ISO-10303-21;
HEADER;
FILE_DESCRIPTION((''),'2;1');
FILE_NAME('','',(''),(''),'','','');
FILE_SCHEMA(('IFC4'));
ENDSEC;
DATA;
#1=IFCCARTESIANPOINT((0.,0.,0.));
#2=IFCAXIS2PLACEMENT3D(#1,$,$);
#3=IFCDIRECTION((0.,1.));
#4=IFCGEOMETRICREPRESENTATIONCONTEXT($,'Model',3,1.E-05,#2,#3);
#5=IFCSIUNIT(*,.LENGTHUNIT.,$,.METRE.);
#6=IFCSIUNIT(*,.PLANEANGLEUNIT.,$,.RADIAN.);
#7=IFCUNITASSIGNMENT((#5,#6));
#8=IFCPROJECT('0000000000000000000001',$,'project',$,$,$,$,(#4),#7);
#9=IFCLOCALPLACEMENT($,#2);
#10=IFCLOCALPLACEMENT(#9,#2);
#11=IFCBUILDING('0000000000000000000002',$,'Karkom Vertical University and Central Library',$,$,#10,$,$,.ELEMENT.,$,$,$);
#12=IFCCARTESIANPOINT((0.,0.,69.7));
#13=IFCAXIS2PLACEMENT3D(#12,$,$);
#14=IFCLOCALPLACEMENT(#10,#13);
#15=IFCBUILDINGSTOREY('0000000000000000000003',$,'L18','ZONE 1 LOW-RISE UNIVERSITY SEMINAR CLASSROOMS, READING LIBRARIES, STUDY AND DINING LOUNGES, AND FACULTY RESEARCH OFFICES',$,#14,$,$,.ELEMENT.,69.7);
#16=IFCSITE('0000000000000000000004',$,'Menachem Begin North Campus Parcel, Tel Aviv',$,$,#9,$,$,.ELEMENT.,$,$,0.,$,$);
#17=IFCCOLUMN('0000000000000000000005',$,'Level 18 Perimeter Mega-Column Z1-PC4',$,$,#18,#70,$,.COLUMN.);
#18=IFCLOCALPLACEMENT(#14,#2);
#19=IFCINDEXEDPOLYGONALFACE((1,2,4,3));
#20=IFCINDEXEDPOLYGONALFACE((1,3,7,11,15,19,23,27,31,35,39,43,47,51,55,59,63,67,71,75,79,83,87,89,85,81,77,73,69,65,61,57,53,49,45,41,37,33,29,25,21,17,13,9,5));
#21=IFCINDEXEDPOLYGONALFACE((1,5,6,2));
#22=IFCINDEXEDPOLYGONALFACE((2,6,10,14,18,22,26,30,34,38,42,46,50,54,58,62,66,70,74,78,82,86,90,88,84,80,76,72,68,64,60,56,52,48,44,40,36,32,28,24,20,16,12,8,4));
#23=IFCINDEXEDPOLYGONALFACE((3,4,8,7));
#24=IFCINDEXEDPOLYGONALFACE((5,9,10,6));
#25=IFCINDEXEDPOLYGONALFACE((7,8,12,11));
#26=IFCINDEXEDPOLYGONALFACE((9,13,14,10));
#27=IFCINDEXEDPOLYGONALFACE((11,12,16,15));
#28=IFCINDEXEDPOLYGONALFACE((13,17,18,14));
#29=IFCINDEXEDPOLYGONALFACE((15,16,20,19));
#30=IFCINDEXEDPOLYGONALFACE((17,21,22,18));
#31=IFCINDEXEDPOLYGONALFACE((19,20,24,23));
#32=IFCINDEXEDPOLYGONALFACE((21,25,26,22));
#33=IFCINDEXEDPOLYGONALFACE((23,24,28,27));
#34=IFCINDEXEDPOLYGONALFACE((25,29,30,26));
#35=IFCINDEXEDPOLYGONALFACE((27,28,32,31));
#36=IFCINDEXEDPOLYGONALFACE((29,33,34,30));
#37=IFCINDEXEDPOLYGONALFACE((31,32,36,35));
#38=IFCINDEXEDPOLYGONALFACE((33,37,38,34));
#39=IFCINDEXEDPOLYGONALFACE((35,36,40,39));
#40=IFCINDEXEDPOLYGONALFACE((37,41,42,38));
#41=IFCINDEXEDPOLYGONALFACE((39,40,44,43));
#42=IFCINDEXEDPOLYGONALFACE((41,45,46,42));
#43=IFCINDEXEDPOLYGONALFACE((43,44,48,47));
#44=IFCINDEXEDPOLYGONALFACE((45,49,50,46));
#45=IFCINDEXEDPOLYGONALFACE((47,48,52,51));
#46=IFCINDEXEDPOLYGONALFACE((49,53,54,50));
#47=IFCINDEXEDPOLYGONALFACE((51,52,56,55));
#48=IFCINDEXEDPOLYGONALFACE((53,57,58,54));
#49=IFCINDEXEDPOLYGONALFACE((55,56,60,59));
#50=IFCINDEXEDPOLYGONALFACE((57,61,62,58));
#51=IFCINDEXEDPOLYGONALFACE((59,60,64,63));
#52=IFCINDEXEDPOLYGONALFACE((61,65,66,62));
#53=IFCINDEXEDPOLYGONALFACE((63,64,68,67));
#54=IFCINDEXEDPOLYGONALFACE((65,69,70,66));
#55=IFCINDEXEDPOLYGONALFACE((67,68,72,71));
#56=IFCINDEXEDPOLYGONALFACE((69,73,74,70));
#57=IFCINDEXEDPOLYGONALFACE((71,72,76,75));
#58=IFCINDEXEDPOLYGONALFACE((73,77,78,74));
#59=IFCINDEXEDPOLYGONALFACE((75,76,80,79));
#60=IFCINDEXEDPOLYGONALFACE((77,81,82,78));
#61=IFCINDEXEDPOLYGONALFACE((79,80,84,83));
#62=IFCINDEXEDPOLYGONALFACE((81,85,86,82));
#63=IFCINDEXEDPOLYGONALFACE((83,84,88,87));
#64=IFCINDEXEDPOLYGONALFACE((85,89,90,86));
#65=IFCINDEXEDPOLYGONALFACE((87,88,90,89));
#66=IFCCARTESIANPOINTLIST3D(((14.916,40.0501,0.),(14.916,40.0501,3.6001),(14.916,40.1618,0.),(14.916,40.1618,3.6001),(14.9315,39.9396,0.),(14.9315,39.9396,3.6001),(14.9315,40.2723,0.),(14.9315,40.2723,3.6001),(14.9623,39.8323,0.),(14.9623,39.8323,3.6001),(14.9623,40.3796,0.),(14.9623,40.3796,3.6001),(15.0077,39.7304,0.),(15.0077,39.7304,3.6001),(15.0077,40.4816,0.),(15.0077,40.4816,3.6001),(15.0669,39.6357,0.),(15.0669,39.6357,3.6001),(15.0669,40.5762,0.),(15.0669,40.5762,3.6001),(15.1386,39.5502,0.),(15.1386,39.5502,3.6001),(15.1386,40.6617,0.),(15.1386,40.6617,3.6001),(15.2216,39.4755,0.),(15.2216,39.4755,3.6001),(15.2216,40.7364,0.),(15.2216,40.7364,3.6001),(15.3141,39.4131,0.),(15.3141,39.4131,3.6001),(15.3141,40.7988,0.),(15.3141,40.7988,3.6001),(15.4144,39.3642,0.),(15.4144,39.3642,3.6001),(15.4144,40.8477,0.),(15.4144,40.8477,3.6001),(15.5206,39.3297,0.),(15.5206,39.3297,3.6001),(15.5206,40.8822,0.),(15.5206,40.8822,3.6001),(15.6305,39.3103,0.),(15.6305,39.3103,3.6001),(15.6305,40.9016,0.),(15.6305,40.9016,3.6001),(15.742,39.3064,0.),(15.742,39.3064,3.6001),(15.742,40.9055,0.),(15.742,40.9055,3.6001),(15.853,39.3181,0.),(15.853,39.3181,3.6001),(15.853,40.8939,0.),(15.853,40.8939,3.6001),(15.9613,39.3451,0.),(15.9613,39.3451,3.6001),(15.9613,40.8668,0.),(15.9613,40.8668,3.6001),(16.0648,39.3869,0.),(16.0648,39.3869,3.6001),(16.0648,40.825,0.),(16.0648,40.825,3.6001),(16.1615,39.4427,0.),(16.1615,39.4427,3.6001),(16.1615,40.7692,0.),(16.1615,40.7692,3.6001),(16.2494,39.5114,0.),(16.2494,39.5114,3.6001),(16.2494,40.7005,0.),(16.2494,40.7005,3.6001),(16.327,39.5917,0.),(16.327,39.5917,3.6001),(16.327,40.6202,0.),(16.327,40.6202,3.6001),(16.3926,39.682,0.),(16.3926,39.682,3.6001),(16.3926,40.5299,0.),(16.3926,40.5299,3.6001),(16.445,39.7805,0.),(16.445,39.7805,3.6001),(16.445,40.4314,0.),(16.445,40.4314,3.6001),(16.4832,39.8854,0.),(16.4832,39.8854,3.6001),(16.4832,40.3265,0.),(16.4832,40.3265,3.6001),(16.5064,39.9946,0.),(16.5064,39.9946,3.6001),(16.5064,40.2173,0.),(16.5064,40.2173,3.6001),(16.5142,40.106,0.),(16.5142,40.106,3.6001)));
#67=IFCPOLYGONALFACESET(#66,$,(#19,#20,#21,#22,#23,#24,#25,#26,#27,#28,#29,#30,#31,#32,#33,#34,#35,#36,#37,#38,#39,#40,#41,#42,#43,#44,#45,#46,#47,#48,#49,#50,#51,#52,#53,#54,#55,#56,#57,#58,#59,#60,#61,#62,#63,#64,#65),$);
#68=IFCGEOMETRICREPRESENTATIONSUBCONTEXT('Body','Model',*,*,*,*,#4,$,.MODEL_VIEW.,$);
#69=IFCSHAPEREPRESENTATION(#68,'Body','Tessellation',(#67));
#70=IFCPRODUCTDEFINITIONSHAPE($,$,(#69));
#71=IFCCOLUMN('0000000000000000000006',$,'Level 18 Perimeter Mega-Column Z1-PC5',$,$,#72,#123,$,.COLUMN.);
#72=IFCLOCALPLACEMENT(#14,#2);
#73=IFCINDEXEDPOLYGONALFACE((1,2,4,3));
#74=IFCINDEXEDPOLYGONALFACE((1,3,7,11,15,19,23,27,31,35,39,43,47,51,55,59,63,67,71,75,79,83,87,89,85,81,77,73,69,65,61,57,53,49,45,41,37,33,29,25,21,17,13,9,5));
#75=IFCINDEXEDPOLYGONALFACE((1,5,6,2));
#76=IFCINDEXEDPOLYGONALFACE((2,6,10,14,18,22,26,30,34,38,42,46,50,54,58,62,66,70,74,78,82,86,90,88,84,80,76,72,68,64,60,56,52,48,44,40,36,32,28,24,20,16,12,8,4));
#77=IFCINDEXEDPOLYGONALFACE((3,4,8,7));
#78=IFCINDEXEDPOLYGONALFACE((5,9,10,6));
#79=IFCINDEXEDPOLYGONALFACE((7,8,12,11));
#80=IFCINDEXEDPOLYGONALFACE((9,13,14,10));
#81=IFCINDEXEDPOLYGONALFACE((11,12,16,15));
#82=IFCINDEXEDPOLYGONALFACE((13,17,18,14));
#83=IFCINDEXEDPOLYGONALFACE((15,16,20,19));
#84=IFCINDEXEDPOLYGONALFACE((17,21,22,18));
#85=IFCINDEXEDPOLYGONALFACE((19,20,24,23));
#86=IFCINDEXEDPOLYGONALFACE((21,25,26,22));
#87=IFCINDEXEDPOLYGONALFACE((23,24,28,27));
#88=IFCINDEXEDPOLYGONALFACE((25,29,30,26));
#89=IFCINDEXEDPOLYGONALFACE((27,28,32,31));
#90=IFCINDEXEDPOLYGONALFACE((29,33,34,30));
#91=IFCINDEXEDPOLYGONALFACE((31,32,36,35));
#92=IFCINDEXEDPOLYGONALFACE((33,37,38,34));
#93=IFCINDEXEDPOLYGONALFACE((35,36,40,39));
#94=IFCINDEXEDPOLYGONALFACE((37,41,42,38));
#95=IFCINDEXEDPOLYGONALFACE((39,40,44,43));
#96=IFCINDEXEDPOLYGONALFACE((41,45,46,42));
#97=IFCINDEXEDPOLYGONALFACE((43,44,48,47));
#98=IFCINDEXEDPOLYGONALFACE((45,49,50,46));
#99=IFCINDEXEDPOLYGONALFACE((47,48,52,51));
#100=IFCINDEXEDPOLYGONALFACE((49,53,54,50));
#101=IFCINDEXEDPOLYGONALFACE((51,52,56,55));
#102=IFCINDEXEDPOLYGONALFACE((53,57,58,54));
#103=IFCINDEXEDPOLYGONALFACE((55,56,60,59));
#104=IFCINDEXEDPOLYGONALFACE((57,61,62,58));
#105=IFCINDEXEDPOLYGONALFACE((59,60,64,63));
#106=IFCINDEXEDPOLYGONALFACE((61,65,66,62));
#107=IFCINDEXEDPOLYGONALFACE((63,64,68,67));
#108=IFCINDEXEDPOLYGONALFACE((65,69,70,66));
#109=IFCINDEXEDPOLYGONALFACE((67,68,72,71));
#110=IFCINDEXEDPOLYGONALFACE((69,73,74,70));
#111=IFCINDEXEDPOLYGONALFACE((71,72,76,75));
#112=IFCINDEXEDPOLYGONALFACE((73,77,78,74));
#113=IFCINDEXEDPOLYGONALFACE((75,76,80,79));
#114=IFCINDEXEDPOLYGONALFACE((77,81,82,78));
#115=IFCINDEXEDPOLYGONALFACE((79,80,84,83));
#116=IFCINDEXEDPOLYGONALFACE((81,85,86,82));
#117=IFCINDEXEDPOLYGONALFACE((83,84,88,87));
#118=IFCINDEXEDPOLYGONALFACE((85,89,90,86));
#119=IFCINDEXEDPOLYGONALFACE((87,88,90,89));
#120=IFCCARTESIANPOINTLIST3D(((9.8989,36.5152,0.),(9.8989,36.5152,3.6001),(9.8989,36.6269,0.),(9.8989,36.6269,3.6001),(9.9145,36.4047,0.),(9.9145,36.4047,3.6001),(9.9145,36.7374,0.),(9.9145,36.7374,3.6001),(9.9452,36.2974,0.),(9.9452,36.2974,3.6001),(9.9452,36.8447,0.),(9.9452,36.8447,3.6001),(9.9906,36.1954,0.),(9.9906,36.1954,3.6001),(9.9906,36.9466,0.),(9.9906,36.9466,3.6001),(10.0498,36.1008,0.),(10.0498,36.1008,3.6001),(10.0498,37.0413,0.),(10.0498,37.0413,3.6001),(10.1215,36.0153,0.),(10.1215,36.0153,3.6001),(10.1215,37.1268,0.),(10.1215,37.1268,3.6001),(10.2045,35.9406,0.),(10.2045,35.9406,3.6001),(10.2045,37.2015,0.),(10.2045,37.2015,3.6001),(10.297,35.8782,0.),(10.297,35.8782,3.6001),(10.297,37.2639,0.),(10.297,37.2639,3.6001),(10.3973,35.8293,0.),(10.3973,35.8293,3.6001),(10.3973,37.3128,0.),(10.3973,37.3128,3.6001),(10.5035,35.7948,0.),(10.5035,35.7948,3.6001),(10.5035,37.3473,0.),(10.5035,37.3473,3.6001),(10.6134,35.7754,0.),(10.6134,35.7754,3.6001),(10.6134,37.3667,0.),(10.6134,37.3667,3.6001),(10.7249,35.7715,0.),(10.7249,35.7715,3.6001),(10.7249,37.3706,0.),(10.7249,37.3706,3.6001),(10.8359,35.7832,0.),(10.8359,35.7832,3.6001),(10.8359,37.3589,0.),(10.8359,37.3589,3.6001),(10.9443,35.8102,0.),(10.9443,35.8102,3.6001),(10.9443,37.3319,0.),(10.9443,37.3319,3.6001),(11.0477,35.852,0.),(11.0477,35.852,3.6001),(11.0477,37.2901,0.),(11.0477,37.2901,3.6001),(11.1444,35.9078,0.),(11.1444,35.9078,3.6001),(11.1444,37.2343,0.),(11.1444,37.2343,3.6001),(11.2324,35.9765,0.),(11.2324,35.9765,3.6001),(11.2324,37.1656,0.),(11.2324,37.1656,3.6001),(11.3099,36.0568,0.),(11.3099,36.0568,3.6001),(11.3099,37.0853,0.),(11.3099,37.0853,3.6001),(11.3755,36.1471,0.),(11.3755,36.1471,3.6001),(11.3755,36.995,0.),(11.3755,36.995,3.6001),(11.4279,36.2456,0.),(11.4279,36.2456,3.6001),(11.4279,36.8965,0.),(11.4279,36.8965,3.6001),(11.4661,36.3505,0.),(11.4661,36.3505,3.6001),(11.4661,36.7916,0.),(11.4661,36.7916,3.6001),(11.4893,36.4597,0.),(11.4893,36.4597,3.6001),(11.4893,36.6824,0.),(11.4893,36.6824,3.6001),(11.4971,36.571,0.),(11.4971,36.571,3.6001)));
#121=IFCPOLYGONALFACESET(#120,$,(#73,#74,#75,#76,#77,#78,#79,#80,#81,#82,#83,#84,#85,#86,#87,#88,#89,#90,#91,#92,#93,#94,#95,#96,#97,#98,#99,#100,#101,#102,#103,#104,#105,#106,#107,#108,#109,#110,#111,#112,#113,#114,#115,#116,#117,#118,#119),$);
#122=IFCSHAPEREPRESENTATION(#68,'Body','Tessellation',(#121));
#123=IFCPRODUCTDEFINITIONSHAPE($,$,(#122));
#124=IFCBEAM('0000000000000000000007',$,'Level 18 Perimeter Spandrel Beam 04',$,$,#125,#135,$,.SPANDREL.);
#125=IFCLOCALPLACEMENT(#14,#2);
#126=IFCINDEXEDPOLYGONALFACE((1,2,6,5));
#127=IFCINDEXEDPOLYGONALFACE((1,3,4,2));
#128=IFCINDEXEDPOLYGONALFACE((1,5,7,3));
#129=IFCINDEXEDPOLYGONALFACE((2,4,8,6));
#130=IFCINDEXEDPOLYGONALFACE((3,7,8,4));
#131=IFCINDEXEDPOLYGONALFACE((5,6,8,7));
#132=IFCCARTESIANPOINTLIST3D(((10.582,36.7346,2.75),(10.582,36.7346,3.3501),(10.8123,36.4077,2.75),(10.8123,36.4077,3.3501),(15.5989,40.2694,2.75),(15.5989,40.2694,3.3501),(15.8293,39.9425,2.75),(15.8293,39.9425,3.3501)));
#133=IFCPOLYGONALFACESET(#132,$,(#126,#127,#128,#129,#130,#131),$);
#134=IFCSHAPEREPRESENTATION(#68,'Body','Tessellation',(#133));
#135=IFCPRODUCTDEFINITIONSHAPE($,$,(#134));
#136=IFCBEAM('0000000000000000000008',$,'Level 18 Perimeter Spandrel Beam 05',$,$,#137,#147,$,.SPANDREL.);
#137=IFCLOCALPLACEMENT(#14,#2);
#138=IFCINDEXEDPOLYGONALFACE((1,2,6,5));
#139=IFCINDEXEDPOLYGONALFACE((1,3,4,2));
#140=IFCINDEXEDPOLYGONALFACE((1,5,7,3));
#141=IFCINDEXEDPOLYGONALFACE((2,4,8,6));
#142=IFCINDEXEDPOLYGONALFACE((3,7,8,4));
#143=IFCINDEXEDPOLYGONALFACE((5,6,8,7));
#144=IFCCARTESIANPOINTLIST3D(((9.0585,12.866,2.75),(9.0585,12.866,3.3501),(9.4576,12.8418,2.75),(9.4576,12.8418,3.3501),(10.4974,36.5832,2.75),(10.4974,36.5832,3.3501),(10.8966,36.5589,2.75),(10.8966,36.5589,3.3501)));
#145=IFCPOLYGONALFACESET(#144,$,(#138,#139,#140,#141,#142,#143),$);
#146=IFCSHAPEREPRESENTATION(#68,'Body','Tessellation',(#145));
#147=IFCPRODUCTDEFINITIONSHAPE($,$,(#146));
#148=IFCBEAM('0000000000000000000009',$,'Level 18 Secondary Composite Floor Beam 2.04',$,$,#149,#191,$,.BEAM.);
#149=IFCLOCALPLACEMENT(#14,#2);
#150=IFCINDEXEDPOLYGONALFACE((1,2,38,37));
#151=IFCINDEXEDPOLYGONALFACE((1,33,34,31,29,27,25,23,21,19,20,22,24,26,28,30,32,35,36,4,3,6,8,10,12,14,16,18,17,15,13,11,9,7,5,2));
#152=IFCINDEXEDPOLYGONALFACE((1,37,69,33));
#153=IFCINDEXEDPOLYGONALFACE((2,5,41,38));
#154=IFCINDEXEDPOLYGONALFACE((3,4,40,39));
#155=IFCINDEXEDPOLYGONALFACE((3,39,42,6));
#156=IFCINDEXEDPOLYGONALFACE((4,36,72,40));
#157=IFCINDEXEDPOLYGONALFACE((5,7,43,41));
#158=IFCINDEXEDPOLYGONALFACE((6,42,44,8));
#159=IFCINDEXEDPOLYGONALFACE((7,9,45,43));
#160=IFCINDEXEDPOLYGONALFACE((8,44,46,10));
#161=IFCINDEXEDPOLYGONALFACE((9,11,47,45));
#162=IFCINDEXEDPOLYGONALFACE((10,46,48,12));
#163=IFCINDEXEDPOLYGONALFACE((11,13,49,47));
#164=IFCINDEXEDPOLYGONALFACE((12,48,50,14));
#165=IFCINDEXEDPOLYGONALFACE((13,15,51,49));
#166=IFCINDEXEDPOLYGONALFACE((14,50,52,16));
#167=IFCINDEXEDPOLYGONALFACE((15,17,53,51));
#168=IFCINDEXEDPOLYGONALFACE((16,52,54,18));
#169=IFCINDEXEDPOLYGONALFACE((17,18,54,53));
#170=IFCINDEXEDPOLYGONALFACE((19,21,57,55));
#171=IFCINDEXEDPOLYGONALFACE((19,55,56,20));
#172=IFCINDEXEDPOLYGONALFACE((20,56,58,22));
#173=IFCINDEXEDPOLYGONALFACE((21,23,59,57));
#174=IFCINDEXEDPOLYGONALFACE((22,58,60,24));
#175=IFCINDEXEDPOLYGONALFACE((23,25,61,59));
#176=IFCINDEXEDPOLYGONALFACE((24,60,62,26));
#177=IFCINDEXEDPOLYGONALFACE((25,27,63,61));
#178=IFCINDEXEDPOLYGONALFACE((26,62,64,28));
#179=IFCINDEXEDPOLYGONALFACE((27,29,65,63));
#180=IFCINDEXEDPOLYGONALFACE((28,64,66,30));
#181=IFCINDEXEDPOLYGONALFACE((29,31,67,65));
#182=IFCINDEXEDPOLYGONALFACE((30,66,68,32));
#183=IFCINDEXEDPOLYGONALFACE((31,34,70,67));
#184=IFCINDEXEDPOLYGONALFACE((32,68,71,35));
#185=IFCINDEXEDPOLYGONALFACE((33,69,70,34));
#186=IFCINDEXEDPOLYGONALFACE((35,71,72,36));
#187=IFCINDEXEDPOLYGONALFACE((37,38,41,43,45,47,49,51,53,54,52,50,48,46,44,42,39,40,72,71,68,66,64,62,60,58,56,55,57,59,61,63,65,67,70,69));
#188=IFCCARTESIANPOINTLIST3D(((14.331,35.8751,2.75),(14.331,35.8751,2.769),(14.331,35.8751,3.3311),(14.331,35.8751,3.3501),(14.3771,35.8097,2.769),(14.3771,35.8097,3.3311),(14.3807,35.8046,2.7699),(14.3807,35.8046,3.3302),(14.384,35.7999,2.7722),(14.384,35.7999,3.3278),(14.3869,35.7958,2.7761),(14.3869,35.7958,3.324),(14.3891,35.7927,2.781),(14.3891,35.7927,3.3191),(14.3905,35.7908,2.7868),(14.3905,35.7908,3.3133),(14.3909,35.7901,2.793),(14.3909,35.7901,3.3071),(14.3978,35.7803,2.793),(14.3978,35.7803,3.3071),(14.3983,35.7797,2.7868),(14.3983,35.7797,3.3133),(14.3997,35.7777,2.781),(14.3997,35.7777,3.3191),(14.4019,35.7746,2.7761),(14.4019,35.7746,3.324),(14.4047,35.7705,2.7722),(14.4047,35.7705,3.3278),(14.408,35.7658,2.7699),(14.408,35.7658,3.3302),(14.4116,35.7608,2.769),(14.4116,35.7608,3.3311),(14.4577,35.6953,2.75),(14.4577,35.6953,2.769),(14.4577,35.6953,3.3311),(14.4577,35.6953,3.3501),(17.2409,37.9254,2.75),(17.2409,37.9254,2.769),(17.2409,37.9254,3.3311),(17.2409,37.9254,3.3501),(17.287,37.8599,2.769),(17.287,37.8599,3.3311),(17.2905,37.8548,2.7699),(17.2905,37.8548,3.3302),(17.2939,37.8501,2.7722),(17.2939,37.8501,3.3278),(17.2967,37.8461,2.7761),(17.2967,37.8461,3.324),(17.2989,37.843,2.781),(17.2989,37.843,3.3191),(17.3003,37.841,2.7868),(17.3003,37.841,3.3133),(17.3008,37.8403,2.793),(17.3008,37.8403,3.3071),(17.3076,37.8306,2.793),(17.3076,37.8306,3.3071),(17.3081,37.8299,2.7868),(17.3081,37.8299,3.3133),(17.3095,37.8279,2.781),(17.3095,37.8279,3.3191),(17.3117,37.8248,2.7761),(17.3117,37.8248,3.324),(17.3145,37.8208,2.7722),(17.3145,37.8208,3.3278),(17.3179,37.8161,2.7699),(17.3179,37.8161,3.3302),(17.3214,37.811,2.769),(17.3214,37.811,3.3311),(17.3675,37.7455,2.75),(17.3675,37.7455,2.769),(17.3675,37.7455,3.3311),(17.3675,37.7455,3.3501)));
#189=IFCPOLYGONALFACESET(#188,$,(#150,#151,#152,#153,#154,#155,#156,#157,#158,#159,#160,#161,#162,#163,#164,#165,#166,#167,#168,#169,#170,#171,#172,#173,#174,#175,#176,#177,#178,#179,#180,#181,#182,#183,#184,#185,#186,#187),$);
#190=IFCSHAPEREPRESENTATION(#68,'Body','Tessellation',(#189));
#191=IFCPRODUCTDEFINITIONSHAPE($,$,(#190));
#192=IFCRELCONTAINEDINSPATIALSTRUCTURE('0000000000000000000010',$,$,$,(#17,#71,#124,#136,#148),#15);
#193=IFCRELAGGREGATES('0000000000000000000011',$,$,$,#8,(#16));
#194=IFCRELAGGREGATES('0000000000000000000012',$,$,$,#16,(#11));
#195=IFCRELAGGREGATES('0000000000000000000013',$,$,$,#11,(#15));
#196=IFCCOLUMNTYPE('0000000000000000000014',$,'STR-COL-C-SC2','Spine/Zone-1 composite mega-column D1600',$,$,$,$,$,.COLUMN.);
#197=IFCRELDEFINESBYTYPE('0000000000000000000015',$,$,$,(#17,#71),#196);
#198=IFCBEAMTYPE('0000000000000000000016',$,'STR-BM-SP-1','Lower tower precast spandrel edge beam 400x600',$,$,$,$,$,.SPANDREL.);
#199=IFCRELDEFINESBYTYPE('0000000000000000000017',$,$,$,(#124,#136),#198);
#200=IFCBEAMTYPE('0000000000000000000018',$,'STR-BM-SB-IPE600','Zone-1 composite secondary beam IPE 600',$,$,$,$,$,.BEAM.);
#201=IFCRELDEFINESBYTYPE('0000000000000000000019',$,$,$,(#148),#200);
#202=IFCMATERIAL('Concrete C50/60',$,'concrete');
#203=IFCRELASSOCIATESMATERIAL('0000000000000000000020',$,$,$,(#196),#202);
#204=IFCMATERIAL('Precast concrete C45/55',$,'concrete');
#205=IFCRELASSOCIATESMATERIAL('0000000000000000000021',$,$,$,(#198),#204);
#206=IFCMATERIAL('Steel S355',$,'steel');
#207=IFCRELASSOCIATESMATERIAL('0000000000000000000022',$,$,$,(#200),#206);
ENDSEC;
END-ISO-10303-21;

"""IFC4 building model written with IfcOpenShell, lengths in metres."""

from ifc_helpers import new_model, si_unit, direction, frame, origin, origin_with_axes, origin_2d, place, context, subcontext, project, spatial, rectangle, circle, i_section, extrude, source, transform, mapped, material, material_profile, profile_set, type_object, element, save


model = new_model("IFC4")

# Units and contexts
model_context = context("Model", 3, precision=1e-05, world=origin(), true_north=direction((0.0, 1.0)))
body_context = subcontext(model_context, "Body", "Model", "MODEL_VIEW")
ifc_project = project(units=[si_unit("LENGTHUNIT", "METRE"), si_unit("PLANEANGLEUNIT", "RADIAN")], contexts=[model_context])

# Site, building, storey
site_placement = place(None, origin())
site = spatial("IfcSite", under=ifc_project, at=site_placement, Name="Menachem Begin North Campus Parcel, Tel Aviv", CompositionType="ELEMENT", RefElevation=0.0)
building_placement = place(site_placement, origin())
building = spatial("IfcBuilding", under=site, at=building_placement, Name="Karkom Vertical University and Central Library", CompositionType="ELEMENT")
storey_placement = place(building_placement, frame((0.0, 0.0, 69.7)))
storey = spatial("IfcBuildingStorey", under=building, at=storey_placement, Name="L18", Description="ZONE 1 LOW-RISE UNIVERSITY SEMINAR CLASSROOMS, READING LIBRARIES, STUDY AND DINING LOUNGES, AND FACULTY RESEARCH OFFICES", CompositionType="ELEMENT", Elevation=69.7)

# Columns
ifc_material_1 = material(Name="Concrete C50/60", Category="concrete")
ifc_material_profile_1 = material_profile(ifc_material_1, circle(Radius=0.8, at=origin_2d()), Name="CFT-D1600")
ifc_profile_set_1 = profile_set([ifc_material_profile_1], Name="Concrete C50/60")
column_type = type_object("IfcColumnType", Name="STR-COL-C-SC2", Description="Spine/Zone-1 composite mega-column D1600", PredefinedType="COLUMN", material=ifc_profile_set_1)
shared_shape_1 = source(origin_with_axes(), body_context, "Body", "SweptSolid", [
    extrude(circle(Radius=0.8, at=origin_2d()), origin(), (0.0, 0.0, 1.0), 3.6001),
])
for number, where, z_axis, x_axis, name in (
    (1, (15.7141, 40.106, 0.0), (0.0, 0.0, 1.0), (1.0, 0.0, 0.0), "Level 18 Perimeter Mega-Column Z1-PC4"),
    (2, (10.697, 36.571, 0.0), (0.0, 0.0, 1.0), (1.0, 0.0, 0.0), "Level 18 Perimeter Mega-Column Z1-PC5"),
):
    element("IfcColumn", number, at=place(storey_placement, frame(where, z_axis=z_axis, x_axis=x_axis)), inside=storey, type_object=column_type, Name=name, PredefinedType="COLUMN", context=body_context, shape_type="MappedRepresentation", body=[
        mapped(shared_shape_1, transform((0.0, 0.0, 0.0), scale=1.0)),
    ])

# Beams
ifc_material_2 = material(Name="Precast concrete C45/55", Category="concrete")
ifc_material_profile_2 = material_profile(ifc_material_2, rectangle(XDim=0.3999, YDim=0.6001, at=origin_2d()), Name="SPB-400x600")
ifc_profile_set_2 = profile_set([ifc_material_profile_2], Name="Precast concrete C45/55")
beam_type_1 = type_object("IfcBeamType", Name="STR-BM-SP-1", Description="Lower tower precast spandrel edge beam 400x600", PredefinedType="SPANDREL", material=ifc_profile_set_2)
shared_shape_2 = source(origin_with_axes(), body_context, "Body", "SweptSolid", [
    extrude(rectangle(XDim=0.3999, YDim=0.6001, at=origin_2d()), origin(), (0.0, 0.0, 1.0), 6.1372),
])
beam_1_placement = place(storey_placement, frame((15.7141, 40.106, 3.05), z_axis=(-0.817471, -0.575969, 0.0), x_axis=(0.575969, -0.817471, 0.0)))
element("IfcBeam", 3, at=beam_1_placement, inside=storey, type_object=beam_type_1, Name="Level 18 Perimeter Spandrel Beam 04", PredefinedType="SPANDREL", context=body_context, shape_type="MappedRepresentation", body=[
    mapped(shared_shape_2, transform((0.0, 0.0, 0.0), scale=1.0)),
])
shared_shape_3 = source(origin_with_axes(), body_context, "Body", "SweptSolid", [
    extrude(rectangle(XDim=0.3999, YDim=0.6001, at=origin_2d()), origin(), (0.0, 0.0, 1.0), 23.7607),
])
beam_2_placement = place(storey_placement, frame((10.697, 36.571, 3.05), z_axis=(-0.060561, -0.998165, 0.0), x_axis=(0.998165, -0.060561, 0.0)))
element("IfcBeam", 4, at=beam_2_placement, inside=storey, type_object=beam_type_1, Name="Level 18 Perimeter Spandrel Beam 05", PredefinedType="SPANDREL", context=body_context, shape_type="MappedRepresentation", body=[
    mapped(shared_shape_3, transform((0.0, 0.0, 0.0), scale=1.0)),
])
ifc_material_3 = material(Name="Steel S355", Category="steel")
ifc_material_profile_3 = material_profile(ifc_material_3, i_section(OverallWidth=0.22, OverallDepth=0.6001, WebThickness=0.012, FlangeThickness=0.019, FilletRadius=0.0239, at=origin_2d()), Name="IPE 600")
ifc_profile_set_3 = profile_set([ifc_material_profile_3], Name="Steel S355")
beam_type_2 = type_object("IfcBeamType", Name="STR-BM-SB-IPE600", Description="Zone-1 composite secondary beam IPE 600", PredefinedType="BEAM", material=ifc_profile_set_3)
shared_shape_4 = source(origin_with_axes(), body_context, "Body", "SweptSolid", [
    extrude(i_section(OverallWidth=0.22, OverallDepth=0.6001, WebThickness=0.012, FlangeThickness=0.019, FilletRadius=0.0239, at=origin_2d()), origin(), (0.0, 0.0, 1.0), 3.5596),
])
beam_3_placement = place(storey_placement, frame((17.3042, 37.8354, 3.05), z_axis=(-0.817466, -0.575977, 0.0), x_axis=(0.575977, -0.817466, 0.0)))
element("IfcBeam", 5, at=beam_3_placement, inside=storey, type_object=beam_type_2, Name="Level 18 Secondary Composite Floor Beam 2.04", PredefinedType="BEAM", context=body_context, shape_type="MappedRepresentation", body=[
    mapped(shared_shape_4, transform((0.0, 0.0, 0.0), scale=1.0)),
])

save(model, "model.ifc")
